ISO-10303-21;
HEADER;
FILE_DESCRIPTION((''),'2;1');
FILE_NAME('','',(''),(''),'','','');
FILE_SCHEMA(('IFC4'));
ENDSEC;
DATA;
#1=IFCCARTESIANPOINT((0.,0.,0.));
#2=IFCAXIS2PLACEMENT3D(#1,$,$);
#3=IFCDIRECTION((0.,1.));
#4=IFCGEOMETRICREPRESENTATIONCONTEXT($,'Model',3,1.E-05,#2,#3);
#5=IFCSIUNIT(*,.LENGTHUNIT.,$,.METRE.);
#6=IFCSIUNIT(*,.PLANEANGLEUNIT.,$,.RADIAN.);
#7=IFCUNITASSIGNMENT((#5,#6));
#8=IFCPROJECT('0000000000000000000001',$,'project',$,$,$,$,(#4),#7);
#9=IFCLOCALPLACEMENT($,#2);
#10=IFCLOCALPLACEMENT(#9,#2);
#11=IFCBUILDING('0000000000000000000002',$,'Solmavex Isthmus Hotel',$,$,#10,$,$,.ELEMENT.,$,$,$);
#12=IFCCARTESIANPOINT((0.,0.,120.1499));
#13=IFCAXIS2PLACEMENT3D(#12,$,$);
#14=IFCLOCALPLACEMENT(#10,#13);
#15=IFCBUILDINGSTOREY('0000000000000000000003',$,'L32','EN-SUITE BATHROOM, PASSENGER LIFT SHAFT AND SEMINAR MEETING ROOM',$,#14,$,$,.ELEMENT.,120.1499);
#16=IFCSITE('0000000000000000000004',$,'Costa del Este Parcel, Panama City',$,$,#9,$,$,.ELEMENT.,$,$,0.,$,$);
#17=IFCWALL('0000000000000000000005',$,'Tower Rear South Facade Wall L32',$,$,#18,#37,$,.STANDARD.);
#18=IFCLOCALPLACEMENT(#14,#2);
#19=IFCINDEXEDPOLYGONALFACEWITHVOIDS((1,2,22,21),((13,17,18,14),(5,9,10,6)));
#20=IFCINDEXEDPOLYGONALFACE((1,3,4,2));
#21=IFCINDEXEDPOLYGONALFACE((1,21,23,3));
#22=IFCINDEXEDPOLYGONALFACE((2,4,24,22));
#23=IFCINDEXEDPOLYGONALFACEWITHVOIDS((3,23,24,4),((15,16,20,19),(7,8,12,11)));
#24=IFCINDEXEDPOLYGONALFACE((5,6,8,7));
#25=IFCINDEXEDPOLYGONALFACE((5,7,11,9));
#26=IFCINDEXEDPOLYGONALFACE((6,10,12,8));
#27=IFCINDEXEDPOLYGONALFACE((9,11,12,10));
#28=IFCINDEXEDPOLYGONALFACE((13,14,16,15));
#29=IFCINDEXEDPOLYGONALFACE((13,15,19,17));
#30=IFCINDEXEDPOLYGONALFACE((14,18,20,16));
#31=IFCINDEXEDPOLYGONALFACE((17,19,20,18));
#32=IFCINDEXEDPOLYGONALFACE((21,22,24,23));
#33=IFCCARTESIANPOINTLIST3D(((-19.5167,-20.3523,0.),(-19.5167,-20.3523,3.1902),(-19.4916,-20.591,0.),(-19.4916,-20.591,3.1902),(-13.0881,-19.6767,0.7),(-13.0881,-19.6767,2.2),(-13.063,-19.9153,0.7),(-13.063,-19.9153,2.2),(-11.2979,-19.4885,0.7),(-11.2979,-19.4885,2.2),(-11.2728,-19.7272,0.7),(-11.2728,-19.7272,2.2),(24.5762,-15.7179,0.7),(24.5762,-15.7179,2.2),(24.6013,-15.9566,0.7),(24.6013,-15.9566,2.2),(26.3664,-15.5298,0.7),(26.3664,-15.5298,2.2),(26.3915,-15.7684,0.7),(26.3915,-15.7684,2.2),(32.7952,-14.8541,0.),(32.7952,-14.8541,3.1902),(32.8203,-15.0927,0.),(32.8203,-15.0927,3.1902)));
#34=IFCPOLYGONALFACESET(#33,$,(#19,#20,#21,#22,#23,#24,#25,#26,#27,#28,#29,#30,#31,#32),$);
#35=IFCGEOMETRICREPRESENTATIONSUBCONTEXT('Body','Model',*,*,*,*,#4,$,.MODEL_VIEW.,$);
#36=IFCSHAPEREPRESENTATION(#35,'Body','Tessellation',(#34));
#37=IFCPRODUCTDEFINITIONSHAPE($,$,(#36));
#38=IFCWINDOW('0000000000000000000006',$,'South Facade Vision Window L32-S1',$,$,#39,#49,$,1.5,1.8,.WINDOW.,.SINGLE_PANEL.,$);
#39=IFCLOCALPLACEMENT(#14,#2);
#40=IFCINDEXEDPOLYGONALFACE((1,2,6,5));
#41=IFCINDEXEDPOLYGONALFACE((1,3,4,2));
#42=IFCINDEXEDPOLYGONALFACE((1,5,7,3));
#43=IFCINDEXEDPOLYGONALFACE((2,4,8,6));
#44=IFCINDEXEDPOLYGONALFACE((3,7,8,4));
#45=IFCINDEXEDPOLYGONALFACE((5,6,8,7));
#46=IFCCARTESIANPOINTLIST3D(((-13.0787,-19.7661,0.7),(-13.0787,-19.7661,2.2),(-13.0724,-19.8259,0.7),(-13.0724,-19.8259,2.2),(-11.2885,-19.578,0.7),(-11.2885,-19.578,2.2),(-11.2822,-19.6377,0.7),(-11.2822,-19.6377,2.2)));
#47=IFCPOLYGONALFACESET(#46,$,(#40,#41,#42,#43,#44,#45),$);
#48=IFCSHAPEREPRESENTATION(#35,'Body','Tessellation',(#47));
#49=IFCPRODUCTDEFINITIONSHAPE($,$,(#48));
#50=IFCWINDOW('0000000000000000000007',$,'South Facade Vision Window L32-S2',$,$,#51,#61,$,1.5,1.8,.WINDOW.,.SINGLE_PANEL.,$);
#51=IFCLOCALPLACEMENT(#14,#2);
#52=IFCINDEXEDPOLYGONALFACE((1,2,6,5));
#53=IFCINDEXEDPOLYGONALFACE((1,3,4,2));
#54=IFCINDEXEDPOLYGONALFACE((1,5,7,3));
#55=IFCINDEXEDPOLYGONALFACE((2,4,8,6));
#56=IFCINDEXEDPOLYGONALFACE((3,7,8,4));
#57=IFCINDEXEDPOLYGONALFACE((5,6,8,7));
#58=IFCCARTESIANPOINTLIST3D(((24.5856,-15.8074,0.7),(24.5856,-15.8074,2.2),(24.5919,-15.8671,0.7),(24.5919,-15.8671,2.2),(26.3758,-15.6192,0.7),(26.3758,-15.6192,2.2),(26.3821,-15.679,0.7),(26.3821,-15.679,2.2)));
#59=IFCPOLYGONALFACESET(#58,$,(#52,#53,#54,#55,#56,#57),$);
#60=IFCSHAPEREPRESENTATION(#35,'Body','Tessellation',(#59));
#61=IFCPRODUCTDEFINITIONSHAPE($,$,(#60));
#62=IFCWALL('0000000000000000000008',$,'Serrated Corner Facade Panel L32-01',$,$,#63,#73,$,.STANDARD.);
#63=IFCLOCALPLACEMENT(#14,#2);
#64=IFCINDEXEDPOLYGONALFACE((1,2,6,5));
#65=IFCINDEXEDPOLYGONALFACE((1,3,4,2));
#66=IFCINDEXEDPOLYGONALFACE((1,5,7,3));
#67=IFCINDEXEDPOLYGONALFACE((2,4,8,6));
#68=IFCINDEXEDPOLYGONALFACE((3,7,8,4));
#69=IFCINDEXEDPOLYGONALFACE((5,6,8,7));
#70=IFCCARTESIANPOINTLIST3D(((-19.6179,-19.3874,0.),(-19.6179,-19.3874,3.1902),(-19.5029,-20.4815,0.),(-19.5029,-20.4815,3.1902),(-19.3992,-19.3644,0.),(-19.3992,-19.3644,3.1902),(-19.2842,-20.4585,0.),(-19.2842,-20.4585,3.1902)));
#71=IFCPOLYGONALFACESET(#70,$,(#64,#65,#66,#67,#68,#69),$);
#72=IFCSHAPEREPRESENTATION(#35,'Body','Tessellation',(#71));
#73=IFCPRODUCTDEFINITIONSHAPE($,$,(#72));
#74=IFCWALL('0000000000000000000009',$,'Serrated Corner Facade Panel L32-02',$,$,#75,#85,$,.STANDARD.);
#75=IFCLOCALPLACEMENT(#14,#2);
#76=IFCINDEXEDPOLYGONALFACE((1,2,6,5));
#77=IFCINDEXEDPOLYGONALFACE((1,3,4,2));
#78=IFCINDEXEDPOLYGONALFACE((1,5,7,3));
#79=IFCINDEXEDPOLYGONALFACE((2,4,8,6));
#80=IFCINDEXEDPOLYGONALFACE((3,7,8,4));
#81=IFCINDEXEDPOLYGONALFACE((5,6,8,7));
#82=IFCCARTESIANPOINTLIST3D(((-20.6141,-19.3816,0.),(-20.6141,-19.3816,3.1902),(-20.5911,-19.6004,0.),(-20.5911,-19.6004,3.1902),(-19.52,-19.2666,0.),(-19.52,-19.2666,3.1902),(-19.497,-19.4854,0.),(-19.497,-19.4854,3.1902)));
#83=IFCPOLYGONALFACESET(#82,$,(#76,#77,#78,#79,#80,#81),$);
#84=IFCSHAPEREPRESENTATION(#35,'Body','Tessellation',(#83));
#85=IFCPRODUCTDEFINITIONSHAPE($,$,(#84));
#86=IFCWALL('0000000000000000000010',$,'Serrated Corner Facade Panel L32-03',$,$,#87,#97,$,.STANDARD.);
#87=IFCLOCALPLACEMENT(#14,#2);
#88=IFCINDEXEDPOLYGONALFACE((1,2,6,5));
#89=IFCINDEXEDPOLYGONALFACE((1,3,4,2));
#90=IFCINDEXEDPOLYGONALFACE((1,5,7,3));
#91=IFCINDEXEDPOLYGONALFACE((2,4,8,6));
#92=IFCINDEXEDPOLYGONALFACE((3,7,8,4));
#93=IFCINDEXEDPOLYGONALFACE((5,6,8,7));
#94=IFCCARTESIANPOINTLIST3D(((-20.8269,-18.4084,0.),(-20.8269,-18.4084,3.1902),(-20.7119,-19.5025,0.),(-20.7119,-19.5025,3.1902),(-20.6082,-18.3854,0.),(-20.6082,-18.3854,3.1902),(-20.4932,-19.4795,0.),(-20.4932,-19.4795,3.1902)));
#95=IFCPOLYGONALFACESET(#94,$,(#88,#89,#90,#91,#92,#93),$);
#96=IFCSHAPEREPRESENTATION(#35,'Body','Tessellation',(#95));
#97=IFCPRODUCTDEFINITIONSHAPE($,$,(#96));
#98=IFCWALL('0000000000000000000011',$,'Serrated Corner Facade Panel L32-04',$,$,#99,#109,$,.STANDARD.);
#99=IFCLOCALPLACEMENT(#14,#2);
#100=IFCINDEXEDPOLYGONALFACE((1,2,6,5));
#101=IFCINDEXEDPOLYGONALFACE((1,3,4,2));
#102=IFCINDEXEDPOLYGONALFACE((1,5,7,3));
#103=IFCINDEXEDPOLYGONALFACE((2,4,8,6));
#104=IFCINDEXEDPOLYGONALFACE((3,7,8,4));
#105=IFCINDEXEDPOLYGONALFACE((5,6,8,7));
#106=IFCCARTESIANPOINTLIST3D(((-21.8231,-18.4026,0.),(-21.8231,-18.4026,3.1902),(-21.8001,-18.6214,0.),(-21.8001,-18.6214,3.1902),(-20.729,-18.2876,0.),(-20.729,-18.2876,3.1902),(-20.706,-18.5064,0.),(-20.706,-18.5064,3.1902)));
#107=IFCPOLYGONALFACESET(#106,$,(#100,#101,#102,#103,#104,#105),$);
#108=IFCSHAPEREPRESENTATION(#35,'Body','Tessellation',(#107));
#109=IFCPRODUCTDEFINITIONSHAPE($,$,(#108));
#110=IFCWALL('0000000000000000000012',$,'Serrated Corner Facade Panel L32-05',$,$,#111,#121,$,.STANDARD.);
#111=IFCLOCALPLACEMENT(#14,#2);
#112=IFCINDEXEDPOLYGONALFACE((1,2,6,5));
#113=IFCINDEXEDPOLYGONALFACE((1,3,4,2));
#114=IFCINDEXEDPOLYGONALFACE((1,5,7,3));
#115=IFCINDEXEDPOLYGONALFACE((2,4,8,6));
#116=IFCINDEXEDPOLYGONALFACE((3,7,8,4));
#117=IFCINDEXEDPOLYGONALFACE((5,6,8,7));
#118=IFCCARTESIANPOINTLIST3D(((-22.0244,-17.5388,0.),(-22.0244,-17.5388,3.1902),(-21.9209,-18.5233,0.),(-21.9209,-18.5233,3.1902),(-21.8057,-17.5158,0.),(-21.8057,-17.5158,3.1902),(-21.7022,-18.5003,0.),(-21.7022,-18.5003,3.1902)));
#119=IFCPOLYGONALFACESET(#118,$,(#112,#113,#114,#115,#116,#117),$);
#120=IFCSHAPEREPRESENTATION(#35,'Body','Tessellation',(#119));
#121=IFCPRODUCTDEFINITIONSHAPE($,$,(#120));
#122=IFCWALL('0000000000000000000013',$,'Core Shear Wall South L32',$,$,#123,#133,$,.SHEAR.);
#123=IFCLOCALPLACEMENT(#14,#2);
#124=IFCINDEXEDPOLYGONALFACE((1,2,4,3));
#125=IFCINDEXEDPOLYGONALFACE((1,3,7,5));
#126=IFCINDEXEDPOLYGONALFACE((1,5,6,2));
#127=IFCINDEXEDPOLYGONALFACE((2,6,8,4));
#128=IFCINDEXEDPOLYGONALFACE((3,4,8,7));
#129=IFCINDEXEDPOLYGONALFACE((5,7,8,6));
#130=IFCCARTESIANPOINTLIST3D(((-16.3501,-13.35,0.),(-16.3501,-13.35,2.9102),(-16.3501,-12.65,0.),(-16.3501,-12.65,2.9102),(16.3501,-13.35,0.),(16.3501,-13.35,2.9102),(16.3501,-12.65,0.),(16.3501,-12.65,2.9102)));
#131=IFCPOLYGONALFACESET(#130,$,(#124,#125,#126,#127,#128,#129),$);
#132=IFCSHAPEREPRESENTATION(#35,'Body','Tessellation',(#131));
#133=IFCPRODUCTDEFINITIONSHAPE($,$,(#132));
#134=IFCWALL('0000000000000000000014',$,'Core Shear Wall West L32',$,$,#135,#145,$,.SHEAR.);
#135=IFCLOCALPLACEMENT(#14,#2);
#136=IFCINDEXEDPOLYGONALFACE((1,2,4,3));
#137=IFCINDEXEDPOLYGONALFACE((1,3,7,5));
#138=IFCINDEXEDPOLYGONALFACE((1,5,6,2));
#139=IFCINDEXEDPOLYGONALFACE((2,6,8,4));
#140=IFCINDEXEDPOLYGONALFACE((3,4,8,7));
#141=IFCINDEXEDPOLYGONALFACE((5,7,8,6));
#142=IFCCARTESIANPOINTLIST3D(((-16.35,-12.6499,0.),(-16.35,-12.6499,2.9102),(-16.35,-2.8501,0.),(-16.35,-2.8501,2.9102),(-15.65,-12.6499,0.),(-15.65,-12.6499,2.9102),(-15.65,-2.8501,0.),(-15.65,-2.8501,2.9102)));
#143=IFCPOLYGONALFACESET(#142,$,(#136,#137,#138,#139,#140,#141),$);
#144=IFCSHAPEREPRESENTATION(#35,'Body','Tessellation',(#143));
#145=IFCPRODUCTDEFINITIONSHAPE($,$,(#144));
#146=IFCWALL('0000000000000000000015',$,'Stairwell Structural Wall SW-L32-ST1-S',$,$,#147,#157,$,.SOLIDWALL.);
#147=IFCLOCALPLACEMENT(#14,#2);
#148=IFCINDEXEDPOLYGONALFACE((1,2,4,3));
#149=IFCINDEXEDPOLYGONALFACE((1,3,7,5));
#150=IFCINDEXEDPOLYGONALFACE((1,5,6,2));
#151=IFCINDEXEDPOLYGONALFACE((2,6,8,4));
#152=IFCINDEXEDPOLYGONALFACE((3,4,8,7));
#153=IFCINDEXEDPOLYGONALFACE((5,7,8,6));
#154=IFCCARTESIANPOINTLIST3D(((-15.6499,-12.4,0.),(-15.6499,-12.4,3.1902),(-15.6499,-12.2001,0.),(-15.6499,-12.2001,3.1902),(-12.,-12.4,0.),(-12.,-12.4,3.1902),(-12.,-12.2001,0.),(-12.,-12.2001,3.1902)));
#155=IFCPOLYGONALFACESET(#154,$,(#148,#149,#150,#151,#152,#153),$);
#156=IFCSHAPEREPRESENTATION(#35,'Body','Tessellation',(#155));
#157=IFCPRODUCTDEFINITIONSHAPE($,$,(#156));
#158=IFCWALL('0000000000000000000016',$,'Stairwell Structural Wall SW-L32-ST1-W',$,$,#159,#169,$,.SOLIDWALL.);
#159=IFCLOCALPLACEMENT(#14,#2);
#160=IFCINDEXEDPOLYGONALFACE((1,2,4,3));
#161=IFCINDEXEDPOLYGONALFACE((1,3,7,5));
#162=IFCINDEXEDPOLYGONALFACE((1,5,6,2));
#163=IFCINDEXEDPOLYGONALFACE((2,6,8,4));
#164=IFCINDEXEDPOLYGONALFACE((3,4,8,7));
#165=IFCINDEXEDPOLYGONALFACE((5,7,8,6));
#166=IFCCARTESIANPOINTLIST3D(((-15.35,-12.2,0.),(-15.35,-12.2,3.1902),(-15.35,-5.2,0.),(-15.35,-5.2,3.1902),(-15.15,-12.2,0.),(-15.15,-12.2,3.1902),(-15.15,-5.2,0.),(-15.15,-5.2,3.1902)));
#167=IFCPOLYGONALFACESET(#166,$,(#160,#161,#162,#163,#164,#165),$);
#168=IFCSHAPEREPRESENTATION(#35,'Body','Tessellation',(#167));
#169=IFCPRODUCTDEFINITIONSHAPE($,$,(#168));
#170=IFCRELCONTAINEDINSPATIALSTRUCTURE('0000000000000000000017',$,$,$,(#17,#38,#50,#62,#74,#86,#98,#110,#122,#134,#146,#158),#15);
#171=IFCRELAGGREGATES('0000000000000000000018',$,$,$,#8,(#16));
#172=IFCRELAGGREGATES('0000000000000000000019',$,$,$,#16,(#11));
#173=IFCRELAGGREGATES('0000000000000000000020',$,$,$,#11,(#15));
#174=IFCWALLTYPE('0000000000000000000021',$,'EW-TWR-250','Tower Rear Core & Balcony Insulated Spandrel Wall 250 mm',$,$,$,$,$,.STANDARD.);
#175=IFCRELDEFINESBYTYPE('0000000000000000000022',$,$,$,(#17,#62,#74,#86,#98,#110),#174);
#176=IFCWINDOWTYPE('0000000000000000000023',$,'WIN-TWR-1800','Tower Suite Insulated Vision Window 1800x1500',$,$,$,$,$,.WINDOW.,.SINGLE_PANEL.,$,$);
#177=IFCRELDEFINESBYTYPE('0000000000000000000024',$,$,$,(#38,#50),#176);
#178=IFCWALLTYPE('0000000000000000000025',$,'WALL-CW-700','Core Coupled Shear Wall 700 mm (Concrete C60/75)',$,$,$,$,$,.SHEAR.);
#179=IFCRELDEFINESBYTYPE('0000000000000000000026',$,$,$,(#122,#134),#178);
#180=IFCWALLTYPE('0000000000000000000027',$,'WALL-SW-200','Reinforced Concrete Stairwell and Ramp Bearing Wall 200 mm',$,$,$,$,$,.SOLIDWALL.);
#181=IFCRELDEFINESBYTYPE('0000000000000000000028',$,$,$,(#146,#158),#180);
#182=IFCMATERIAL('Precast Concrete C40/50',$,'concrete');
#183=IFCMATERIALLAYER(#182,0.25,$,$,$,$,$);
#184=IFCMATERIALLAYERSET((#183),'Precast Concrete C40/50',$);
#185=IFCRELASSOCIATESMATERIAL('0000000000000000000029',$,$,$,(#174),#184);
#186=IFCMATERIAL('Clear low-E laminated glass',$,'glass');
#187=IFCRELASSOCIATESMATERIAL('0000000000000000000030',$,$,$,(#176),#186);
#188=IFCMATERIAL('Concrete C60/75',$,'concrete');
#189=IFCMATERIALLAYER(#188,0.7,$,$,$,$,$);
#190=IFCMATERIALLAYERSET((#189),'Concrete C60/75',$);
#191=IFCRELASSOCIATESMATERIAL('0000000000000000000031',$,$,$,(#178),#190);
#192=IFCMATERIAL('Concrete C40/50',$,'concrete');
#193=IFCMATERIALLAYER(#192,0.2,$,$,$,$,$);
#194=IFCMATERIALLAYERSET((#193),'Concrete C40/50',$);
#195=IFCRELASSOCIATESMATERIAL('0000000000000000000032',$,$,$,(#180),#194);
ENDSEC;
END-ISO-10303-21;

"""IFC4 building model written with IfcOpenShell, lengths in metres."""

from ifc_helpers import new_model, si_unit, direction, frame, frame_2d, origin, place, context, subcontext, project, spatial, rectangle, extrude, material, layer, layer_set, type_object, element, fill, save


model = new_model("IFC4")

# Units and contexts
model_context = context("Model", 3, precision=1e-05, world=origin(), true_north=direction((0.0, 1.0)))
body_context = subcontext(model_context, "Body", "Model", "MODEL_VIEW")
ifc_project = project(units=[si_unit("LENGTHUNIT", "METRE"), si_unit("PLANEANGLEUNIT", "RADIAN")], contexts=[model_context])

# Site, building, storey
site_placement = place(None, origin())
site = spatial("IfcSite", under=ifc_project, at=site_placement, Name="Costa del Este Parcel, Panama City", CompositionType="ELEMENT", RefElevation=0.0)
building_placement = place(site_placement, origin())
building = spatial("IfcBuilding", under=site, at=building_placement, Name="Solmavex Isthmus Hotel", CompositionType="ELEMENT")
storey_placement = place(building_placement, frame((0.0, 0.0, 120.1499)))
storey = spatial("IfcBuildingStorey", under=building, at=storey_placement, Name="L32", Description="EN-SUITE BATHROOM, PASSENGER LIFT SHAFT AND SEMINAR MEETING ROOM", CompositionType="ELEMENT", Elevation=120.1499)

# Shared definitions
ifc_material_1 = material(Name="Concrete C60/75", Category="concrete")

# Shared definitions
ifc_material_2 = material(Name="Clear low-E laminated glass", Category="glass")

# Wall, openings, windows
ifc_material_3 = material(Name="Precast Concrete C40/50", Category="concrete")
ifc_layer_1 = layer(ifc_material_3, 0.25)
ifc_layer_set_1 = layer_set([ifc_layer_1], Name="Precast Concrete C40/50")
wall_type_1 = type_object("IfcWallType", Name="EW-TWR-250", Description="Tower Rear Core & Balcony Insulated Spandrel Wall 250 mm", PredefinedType="STANDARD", material=ifc_layer_set_1)
wall_1_placement = place(storey_placement, frame((-19.5042, -20.4717, 0.0), z_axis=(0.0, 0.0, 1.0), x_axis=(0.994522, 0.10453, 0.0)))
wall_1 = element("IfcWall", 1, at=wall_1_placement, inside=storey, type_object=wall_type_1, Name="Tower Rear South Facade Wall L32", PredefinedType="STANDARD", context=body_context, shape_type="SweptSolid", body=[
    extrude(rectangle(XDim=52.6001, YDim=0.24, at=frame_2d((26.3, 0.0))), origin(), (0.0, 0.0, 1.0), 3.1902),
])
opening_1_placement = place(wall_1_placement, frame((6.4641, 0.0, 0.7)))
opening_1 = element("IfcOpeningElement", 2, at=opening_1_placement, cuts=wall_1, PredefinedType="OPENING", context=body_context, shape_type="SweptSolid", body=[
    extrude(rectangle(XDim=1.8, YDim=1.5, at=frame_2d((0.8999, 0.75))), frame((0.0, 0.1299, 0.0), z_axis=(0.0, -1.0, 0.0), x_axis=(1.0, 0.0, 0.0)), (0.0, 0.0, 1.0), 0.26),
])
opening_2_placement = place(wall_1_placement, frame((44.3359, 0.0, 0.7)))
opening_2 = element("IfcOpeningElement", 3, at=opening_2_placement, cuts=wall_1, PredefinedType="OPENING", context=body_context, shape_type="SweptSolid", body=[
    extrude(rectangle(XDim=1.8, YDim=1.5, at=frame_2d((0.8999, 0.75))), frame((0.0, 0.1299, 0.0), z_axis=(0.0, -1.0, 0.0), x_axis=(1.0, 0.0, 0.0)), (0.0, 0.0, 1.0), 0.26),
])
window_type = type_object("IfcWindowType", Name="WIN-TWR-1800", Description="Tower Suite Insulated Vision Window 1800x1500", PartitioningType="SINGLE_PANEL", PredefinedType="WINDOW", material=ifc_material_2)
window_1_placement = place(opening_1_placement, origin())
window_1 = element("IfcWindow", 4, at=window_1_placement, inside=storey, type_object=window_type, Name="South Facade Vision Window L32-S1", OverallHeight=1.5, OverallWidth=1.8, PartitioningType="SINGLE_PANEL", PredefinedType="WINDOW", context=body_context, shape_type="SweptSolid", body=[
    extrude(rectangle(XDim=1.8, YDim=1.5, at=frame_2d((0.8999, 0.75))), frame((0.0, 0.03, 0.0), z_axis=(0.0, -1.0, 0.0), x_axis=(1.0, 0.0, 0.0)), (0.0, 0.0, 1.0), 0.0601),
])
fill(opening_1, window_1)
window_2_placement = place(opening_2_placement, origin())
window_2 = element("IfcWindow", 5, at=window_2_placement, inside=storey, type_object=window_type, Name="South Facade Vision Window L32-S2", OverallHeight=1.5, OverallWidth=1.8, PartitioningType="SINGLE_PANEL", PredefinedType="WINDOW", context=body_context, shape_type="SweptSolid", body=[
    extrude(rectangle(XDim=1.8, YDim=1.5, at=frame_2d((0.8999, 0.75))), frame((0.0, 0.03, 0.0), z_axis=(0.0, -1.0, 0.0), x_axis=(1.0, 0.0, 0.0)), (0.0, 0.0, 1.0), 0.0601),
])
fill(opening_2, window_2)

# Walls
for number, where, z_axis, x_axis, name in (
    (6, (-19.3936, -20.47, 0.0), (0.0, 0.0, 1.0), (-0.104535, 0.994521, 0.0), "Serrated Corner Facade Panel L32-01"),
    (7, (-19.5085, -19.376, 0.0), (0.0, 0.0, 1.0), (-0.994521, -0.104535, 0.0), "Serrated Corner Facade Panel L32-02"),
    (8, (-20.6025, -19.491, 0.0), (0.0, 0.0, 1.0), (-0.104535, 0.994521, 0.0), "Serrated Corner Facade Panel L32-03"),
    (9, (-20.7175, -18.397, 0.0), (0.0, 0.0, 1.0), (-0.994521, -0.104535, 0.0), "Serrated Corner Facade Panel L32-04"),
):
    element("IfcWall", number, at=place(storey_placement, frame(where, z_axis=z_axis, x_axis=x_axis)), inside=storey, type_object=wall_type_1, Name=name, PredefinedType="STANDARD", context=body_context, shape_type="SweptSolid", body=[
        extrude(rectangle(XDim=1.1001, YDim=0.22, at=frame_2d((0.55, 0.0))), origin(), (0.0, 0.0, 1.0), 3.1902),
    ])
wall_2_placement = place(storey_placement, frame((-21.8115, -18.512, 0.0), z_axis=(0.0, 0.0, 1.0), x_axis=(-0.104556, 0.994519, 0.0)))
element("IfcWall", 10, at=wall_2_placement, inside=storey, type_object=wall_type_1, Name="Serrated Corner Facade Panel L32-05", PredefinedType="STANDARD", context=body_context, shape_type="SweptSolid", body=[
    extrude(rectangle(XDim=0.99, YDim=0.22, at=frame_2d((0.4951, 0.0))), origin(), (0.0, 0.0, 1.0), 3.1902),
])

# Walls
ifc_layer_2 = layer(ifc_material_1, 0.7)
ifc_layer_set_2 = layer_set([ifc_layer_2], Name="Concrete C60/75")
wall_type_2 = type_object("IfcWallType", Name="WALL-CW-700", Description="Core Coupled Shear Wall 700 mm (Concrete C60/75)", PredefinedType="SHEAR", material=ifc_layer_set_2)
wall_3_placement = place(storey_placement, frame((-16.3501, -13.0, 0.0), z_axis=(0.0, 0.0, 1.0), x_axis=(1.0, 0.0, 0.0)))
element("IfcWall", 11, at=wall_3_placement, inside=storey, type_object=wall_type_2, Name="Core Shear Wall South L32", PredefinedType="SHEAR", context=body_context, shape_type="SweptSolid", body=[
    extrude(rectangle(XDim=32.7002, YDim=0.7, at=frame_2d((16.3501, 0.0))), origin(), (0.0, 0.0, 1.0), 2.9102),
])
wall_4_placement = place(storey_placement, frame((-16.0, -12.6499, 0.0), z_axis=(0.0, 0.0, 1.0), x_axis=(0.0, 1.0, 0.0)))
element("IfcWall", 12, at=wall_4_placement, inside=storey, type_object=wall_type_2, Name="Core Shear Wall West L32", PredefinedType="SHEAR", context=body_context, shape_type="SweptSolid", body=[
    extrude(rectangle(XDim=9.7998, YDim=0.7, at=frame_2d((4.8999, 0.0))), origin(), (0.0, 0.0, 1.0), 2.9102),
])
ifc_material_4 = material(Name="Concrete C40/50", Category="concrete")
ifc_layer_3 = layer(ifc_material_4, 0.2)
ifc_layer_set_3 = layer_set([ifc_layer_3], Name="Concrete C40/50")
wall_type_3 = type_object("IfcWallType", Name="WALL-SW-200", Description="Reinforced Concrete Stairwell and Ramp Bearing Wall 200 mm", PredefinedType="SOLIDWALL", material=ifc_layer_set_3)
wall_5_placement = place(storey_placement, frame((-15.6499, -12.3, 0.0), z_axis=(0.0, 0.0, 1.0), x_axis=(1.0, 0.0, 0.0)))
element("IfcWall", 13, at=wall_5_placement, inside=storey, type_object=wall_type_3, Name="Stairwell Structural Wall SW-L32-ST1-S", PredefinedType="SOLIDWALL", context=body_context, shape_type="SweptSolid", body=[
    extrude(rectangle(XDim=3.6499, YDim=0.2, at=frame_2d((1.825, 0.0))), origin(), (0.0, 0.0, 1.0), 3.1902),
])
wall_6_placement = place(storey_placement, frame((-15.25, -12.2, 0.0), z_axis=(0.0, 0.0, 1.0), x_axis=(0.0, 1.0, 0.0)))
element("IfcWall", 14, at=wall_6_placement, inside=storey, type_object=wall_type_3, Name="Stairwell Structural Wall SW-L32-ST1-W", PredefinedType="SOLIDWALL", context=body_context, shape_type="SweptSolid", body=[
    extrude(rectangle(XDim=7.0, YDim=0.2, at=frame_2d((3.5, 0.0))), origin(), (0.0, 0.0, 1.0), 3.1902),
])

save(model, "model.ifc")
